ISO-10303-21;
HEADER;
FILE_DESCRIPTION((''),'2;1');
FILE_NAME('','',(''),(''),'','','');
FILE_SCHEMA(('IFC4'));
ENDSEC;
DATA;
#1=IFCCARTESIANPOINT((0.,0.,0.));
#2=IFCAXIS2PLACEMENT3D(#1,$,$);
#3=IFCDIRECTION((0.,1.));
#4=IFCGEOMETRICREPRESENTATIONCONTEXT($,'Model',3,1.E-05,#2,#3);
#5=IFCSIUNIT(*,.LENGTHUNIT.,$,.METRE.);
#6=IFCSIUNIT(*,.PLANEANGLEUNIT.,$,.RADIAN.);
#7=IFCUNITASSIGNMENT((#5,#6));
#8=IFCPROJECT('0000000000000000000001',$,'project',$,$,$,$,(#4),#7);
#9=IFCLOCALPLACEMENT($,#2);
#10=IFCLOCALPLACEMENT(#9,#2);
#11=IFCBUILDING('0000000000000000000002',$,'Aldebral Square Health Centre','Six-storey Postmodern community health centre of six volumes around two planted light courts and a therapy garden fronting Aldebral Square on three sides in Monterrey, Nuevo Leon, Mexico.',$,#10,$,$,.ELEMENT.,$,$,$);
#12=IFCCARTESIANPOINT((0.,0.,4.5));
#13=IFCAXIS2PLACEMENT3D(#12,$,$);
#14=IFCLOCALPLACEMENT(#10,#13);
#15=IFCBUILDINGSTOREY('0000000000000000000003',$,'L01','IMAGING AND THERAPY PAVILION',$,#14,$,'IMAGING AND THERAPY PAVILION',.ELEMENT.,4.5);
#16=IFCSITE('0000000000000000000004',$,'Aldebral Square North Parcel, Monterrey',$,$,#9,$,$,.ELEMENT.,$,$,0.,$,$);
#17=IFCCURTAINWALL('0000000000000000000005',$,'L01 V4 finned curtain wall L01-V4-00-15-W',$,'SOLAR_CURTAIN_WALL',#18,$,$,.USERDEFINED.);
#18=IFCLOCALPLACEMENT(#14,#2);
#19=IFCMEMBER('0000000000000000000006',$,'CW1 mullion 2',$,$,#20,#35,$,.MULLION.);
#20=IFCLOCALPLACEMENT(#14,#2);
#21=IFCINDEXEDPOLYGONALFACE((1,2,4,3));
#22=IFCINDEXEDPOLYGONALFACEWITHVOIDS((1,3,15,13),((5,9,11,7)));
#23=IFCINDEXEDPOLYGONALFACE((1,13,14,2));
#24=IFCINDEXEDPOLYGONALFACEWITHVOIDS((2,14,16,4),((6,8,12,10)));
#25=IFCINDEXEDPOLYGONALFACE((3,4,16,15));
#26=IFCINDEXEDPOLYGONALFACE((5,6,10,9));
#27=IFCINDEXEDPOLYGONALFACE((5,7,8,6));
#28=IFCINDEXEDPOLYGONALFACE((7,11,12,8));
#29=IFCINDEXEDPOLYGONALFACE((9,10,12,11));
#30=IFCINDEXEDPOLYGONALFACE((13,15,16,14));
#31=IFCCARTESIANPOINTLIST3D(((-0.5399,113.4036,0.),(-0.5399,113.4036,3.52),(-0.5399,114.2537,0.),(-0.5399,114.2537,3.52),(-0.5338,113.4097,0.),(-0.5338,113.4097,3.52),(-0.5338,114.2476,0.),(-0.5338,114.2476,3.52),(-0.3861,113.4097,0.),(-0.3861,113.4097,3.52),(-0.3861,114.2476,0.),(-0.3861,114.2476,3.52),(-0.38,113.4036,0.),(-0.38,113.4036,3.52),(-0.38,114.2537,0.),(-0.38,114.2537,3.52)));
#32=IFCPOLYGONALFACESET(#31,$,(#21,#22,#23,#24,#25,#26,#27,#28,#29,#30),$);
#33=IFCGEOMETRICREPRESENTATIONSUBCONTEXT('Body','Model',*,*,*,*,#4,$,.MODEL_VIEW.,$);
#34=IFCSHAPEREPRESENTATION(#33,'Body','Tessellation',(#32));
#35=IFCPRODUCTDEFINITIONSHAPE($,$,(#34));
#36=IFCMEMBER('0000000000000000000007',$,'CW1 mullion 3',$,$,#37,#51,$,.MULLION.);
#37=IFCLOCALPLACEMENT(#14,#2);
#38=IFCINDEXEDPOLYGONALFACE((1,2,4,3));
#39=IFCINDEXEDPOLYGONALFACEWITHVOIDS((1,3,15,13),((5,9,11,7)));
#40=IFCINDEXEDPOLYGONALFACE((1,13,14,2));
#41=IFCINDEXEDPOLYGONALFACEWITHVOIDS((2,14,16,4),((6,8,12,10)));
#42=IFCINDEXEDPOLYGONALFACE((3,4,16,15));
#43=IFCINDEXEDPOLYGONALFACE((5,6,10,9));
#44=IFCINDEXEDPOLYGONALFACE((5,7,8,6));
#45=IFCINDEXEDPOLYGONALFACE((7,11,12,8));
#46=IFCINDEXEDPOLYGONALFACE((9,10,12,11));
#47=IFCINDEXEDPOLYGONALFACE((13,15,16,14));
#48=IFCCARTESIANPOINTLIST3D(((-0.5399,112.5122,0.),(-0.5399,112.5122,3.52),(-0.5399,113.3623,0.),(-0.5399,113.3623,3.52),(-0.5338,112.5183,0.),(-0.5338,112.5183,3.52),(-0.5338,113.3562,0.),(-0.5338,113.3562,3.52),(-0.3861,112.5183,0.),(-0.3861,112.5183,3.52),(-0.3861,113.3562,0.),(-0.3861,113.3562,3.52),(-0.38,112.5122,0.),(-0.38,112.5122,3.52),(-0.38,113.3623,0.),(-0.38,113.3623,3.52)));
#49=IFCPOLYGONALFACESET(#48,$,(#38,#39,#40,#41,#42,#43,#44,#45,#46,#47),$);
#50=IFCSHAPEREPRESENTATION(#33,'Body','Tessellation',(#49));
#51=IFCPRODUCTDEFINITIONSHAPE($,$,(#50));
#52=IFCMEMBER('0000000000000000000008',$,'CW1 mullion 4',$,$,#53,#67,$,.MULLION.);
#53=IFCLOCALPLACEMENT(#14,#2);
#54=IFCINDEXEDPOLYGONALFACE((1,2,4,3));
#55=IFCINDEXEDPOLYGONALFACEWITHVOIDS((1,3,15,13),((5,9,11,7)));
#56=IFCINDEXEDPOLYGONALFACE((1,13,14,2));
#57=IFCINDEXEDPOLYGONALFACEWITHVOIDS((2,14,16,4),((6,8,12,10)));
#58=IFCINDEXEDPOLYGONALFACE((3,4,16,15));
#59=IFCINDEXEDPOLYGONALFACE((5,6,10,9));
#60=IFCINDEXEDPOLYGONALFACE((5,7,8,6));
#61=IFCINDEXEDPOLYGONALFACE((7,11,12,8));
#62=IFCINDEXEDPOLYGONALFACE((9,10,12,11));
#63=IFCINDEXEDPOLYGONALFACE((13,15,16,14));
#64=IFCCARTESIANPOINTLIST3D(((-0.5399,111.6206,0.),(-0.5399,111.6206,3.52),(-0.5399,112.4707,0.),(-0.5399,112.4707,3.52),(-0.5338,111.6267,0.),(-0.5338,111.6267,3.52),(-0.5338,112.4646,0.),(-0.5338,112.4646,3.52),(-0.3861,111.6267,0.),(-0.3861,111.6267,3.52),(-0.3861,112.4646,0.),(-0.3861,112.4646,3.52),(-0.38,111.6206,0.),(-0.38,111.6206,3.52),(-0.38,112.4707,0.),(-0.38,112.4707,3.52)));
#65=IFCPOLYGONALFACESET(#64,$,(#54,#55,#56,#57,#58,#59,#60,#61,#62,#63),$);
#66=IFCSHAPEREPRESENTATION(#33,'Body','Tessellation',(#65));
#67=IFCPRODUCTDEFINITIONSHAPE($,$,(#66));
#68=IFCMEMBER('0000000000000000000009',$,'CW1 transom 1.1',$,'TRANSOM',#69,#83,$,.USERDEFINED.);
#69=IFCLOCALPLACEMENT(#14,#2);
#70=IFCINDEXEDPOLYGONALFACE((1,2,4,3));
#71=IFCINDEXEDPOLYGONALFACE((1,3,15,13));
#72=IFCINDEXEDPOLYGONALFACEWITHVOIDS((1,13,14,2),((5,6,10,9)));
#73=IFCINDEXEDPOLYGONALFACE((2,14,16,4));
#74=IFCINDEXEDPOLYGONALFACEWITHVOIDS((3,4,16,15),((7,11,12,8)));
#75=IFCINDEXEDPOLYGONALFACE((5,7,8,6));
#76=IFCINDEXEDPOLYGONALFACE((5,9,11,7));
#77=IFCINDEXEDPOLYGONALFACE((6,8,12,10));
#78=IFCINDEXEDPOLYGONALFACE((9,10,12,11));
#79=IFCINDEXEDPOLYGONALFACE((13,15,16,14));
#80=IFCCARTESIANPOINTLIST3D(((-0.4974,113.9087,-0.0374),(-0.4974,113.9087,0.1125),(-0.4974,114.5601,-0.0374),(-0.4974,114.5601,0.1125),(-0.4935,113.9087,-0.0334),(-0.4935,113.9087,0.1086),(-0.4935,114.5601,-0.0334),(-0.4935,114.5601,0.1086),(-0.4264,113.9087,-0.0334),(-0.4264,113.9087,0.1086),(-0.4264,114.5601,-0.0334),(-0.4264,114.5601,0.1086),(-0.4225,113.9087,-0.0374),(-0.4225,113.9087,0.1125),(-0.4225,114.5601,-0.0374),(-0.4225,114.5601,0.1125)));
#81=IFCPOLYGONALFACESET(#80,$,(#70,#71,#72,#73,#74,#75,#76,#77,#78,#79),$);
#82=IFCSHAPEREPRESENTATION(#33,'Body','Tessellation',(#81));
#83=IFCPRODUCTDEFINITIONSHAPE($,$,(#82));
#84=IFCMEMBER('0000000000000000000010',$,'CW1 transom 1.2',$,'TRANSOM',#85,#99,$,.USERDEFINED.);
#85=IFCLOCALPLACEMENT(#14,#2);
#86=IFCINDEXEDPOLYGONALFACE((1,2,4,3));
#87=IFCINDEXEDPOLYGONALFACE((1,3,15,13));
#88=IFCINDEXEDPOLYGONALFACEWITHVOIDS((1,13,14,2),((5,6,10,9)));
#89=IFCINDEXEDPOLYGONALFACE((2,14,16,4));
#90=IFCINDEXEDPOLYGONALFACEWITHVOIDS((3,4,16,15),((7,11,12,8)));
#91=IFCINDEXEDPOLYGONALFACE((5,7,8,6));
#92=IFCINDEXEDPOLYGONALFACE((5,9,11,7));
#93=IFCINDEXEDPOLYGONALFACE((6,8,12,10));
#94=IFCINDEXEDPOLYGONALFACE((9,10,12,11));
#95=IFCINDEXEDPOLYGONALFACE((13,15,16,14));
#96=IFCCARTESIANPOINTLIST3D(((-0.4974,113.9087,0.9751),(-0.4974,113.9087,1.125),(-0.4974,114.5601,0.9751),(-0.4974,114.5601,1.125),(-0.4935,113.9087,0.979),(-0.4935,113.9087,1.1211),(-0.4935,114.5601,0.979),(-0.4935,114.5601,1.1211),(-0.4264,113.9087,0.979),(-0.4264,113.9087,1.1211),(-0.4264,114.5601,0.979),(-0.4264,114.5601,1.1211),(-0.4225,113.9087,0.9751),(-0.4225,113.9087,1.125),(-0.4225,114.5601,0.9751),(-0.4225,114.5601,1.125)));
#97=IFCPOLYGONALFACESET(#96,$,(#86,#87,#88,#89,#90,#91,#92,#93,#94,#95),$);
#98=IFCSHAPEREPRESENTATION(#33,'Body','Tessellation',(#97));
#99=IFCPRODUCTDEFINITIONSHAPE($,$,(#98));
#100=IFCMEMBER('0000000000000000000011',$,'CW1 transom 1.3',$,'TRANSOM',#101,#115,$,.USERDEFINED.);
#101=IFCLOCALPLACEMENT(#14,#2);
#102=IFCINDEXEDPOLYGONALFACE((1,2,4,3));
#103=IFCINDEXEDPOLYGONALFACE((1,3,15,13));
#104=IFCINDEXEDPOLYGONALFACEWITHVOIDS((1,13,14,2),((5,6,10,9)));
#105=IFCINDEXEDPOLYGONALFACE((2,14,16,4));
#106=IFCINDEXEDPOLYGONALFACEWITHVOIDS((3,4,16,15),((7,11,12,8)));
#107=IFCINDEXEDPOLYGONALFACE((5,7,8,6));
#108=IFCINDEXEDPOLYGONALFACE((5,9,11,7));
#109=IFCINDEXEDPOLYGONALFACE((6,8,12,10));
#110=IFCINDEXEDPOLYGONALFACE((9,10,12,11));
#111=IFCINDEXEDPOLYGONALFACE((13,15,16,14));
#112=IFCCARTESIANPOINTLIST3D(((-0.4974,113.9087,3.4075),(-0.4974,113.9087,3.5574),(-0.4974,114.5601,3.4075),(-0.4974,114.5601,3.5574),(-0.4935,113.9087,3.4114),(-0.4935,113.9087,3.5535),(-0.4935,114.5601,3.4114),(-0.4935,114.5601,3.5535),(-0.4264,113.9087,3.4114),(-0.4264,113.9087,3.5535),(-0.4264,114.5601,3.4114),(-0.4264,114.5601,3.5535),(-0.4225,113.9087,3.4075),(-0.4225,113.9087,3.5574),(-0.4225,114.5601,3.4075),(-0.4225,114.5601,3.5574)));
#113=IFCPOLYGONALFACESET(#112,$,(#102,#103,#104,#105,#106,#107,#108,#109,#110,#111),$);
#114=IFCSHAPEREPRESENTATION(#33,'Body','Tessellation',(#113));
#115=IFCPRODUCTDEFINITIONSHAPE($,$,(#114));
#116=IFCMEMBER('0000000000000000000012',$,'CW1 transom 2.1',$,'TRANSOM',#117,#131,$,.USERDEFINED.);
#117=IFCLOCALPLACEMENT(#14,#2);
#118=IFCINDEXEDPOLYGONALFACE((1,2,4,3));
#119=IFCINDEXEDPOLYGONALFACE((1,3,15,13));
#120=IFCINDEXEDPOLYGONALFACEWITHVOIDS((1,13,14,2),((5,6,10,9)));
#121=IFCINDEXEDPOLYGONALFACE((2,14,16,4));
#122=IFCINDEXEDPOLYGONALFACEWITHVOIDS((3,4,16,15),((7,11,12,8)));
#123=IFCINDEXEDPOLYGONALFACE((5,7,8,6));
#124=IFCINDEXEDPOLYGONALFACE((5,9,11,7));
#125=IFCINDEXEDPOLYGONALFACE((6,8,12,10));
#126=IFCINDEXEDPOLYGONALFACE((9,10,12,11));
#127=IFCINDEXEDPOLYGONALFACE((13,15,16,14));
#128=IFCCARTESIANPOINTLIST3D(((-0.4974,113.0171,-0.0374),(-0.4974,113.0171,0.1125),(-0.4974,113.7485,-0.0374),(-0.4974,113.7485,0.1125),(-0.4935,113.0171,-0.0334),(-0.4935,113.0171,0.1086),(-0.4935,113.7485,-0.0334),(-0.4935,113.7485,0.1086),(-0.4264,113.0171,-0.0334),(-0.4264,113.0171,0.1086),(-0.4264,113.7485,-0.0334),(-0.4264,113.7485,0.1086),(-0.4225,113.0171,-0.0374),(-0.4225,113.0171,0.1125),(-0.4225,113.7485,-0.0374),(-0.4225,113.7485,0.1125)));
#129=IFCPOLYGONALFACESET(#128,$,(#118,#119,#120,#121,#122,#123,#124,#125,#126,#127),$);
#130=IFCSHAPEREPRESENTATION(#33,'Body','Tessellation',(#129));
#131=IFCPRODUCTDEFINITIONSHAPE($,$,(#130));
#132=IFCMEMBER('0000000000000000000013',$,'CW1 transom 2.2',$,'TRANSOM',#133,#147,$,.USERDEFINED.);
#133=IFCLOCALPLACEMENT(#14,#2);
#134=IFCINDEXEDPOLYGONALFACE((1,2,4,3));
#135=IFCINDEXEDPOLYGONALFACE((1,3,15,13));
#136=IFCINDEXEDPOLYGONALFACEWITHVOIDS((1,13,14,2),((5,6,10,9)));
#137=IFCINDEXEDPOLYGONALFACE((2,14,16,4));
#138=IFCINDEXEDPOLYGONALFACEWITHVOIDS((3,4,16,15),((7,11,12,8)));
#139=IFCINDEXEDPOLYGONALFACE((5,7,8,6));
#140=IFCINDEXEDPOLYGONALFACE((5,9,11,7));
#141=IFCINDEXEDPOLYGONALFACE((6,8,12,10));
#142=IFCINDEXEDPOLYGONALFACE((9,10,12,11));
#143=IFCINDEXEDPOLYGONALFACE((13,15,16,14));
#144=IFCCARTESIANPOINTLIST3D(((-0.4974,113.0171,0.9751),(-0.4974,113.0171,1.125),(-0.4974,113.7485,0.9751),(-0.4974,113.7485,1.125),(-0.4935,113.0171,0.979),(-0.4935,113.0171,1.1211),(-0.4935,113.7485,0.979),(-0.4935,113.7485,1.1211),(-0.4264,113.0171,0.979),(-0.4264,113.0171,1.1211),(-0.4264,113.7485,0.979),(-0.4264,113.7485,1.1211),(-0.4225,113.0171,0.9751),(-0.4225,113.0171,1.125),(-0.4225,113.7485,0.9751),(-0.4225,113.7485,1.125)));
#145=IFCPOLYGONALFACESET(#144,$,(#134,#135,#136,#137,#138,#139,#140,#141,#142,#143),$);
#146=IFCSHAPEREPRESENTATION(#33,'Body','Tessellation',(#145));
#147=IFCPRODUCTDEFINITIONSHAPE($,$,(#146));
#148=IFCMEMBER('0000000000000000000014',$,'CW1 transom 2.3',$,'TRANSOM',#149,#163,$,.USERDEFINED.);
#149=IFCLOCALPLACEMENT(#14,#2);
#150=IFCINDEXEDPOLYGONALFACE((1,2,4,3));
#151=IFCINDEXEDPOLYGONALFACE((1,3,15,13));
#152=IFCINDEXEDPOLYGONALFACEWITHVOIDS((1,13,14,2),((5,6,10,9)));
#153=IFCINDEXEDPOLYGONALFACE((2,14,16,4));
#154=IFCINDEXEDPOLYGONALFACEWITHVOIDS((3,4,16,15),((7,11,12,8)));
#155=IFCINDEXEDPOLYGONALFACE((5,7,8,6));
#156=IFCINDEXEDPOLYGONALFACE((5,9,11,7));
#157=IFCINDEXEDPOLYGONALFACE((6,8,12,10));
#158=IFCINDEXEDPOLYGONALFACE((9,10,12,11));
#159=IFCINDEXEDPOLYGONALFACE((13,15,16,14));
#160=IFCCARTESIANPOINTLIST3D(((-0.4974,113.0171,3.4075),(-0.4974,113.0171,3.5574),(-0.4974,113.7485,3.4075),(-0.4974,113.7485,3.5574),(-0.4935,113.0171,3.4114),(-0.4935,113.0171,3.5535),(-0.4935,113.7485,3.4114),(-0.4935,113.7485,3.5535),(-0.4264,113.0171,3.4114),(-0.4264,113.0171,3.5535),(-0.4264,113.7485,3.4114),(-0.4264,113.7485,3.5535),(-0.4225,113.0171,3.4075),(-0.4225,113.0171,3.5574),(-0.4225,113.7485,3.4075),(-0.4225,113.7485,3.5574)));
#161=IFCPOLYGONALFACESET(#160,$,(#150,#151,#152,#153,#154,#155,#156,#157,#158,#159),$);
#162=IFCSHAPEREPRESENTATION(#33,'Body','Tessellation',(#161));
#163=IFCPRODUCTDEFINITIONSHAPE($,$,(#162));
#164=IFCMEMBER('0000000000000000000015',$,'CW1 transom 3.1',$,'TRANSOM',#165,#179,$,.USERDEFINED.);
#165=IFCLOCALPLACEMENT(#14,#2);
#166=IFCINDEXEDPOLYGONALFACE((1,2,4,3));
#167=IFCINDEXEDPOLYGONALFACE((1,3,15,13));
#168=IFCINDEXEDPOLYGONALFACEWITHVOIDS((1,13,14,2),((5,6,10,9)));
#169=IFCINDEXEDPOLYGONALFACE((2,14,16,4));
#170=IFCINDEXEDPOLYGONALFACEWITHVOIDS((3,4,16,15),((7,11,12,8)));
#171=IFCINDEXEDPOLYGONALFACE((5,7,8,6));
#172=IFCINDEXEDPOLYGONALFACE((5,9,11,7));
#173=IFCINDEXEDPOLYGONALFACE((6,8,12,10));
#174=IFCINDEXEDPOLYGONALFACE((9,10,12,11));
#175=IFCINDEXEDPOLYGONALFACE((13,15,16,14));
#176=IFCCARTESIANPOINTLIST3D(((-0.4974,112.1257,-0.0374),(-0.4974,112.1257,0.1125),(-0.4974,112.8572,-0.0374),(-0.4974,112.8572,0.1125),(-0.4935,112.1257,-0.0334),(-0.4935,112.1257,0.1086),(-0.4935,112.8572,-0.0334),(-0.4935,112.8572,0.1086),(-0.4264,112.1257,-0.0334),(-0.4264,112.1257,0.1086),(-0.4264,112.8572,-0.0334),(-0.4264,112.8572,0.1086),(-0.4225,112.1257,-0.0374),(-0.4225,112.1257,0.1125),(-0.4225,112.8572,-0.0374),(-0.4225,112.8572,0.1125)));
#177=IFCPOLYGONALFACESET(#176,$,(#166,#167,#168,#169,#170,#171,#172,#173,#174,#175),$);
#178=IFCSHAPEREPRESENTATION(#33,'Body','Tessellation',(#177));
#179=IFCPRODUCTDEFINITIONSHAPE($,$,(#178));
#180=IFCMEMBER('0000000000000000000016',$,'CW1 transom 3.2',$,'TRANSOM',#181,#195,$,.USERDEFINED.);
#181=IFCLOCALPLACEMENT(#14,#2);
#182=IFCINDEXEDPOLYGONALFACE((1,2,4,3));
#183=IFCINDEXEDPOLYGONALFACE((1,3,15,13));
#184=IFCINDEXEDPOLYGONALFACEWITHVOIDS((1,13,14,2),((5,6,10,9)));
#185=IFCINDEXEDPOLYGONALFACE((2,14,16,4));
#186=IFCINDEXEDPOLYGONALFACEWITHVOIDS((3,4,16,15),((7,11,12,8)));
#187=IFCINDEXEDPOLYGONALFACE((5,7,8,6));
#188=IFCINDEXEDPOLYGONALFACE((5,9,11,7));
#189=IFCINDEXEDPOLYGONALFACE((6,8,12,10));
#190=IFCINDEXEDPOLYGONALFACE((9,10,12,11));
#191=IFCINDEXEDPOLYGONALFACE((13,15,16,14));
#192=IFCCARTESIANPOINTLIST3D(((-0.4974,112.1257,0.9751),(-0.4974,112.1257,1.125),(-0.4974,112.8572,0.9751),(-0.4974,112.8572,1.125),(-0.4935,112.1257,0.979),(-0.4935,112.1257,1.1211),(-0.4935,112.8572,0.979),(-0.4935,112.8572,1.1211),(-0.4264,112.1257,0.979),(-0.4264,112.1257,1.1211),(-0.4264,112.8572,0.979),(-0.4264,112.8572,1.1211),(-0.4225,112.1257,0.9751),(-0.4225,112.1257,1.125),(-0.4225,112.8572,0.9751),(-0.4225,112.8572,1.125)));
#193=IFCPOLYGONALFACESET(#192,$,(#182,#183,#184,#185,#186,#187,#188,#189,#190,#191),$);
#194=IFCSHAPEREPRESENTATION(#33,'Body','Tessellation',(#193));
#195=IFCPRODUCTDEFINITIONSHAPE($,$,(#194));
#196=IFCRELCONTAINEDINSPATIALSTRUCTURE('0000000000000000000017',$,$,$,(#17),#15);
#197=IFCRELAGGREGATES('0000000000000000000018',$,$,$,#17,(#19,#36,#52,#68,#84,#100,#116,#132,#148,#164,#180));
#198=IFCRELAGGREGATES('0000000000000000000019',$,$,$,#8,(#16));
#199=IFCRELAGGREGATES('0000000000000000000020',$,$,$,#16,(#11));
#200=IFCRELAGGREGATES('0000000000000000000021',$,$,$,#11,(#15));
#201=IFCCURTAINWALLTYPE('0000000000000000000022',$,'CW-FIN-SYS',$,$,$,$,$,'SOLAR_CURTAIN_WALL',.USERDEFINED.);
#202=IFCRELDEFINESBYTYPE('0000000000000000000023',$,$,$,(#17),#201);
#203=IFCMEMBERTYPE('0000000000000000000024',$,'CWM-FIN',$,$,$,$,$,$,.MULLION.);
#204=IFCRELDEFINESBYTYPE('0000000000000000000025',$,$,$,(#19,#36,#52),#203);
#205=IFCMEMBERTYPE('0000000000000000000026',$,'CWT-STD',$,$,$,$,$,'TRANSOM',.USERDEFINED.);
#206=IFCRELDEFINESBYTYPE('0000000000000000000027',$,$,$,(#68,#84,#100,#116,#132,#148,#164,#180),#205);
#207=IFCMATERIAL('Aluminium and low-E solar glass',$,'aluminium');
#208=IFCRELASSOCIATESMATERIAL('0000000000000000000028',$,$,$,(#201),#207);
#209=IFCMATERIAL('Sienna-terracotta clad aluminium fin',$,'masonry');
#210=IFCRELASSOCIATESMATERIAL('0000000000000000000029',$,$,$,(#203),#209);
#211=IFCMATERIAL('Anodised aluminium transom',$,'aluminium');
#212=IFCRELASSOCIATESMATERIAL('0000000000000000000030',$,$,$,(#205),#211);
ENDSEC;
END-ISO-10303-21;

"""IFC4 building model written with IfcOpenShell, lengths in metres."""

from ifc_helpers import new_model, si_unit, direction, frame, origin, origin_2d, place, context, subcontext, project, spatial, hollow_rectangle, extrude, material, material_profile, profile_set, type_object, element, aggregate, save


model = new_model("IFC4")

# Units and contexts
model_context = context("Model", 3, precision=1e-05, world=origin(), true_north=direction((0.0, 1.0)))
body_context = subcontext(model_context, "Body", "Model", "MODEL_VIEW")
ifc_project = project(units=[si_unit("LENGTHUNIT", "METRE"), si_unit("PLANEANGLEUNIT", "RADIAN")], contexts=[model_context])

# Site, building, storey
site_placement = place(None, origin())
site = spatial("IfcSite", under=ifc_project, at=site_placement, Name="Aldebral Square North Parcel, Monterrey", CompositionType="ELEMENT", RefElevation=0.0)
building_placement = place(site_placement, origin())
building = spatial("IfcBuilding", under=site, at=building_placement, Name="Aldebral Square Health Centre", Description="Six-storey Postmodern community health centre of six volumes around two planted light courts and a therapy garden fronting Aldebral Square on three sides in Monterrey, Nuevo Leon, Mexico.", CompositionType="ELEMENT")
storey_placement = place(building_placement, frame((0.0, 0.0, 4.5)))
storey = spatial("IfcBuildingStorey", under=building, at=storey_placement, Name="L01", Description="IMAGING AND THERAPY PAVILION", LongName="IMAGING AND THERAPY PAVILION", CompositionType="ELEMENT", Elevation=4.5)

# Curtain wall, members
ifc_material_1 = material(Name="Aluminium and low-E solar glass", Category="aluminium")
curtain_wall_type = type_object("IfcCurtainWallType", Name="CW-FIN-SYS", ElementType="SOLAR_CURTAIN_WALL", PredefinedType="USERDEFINED", material=ifc_material_1)
curtain_wall_placement = place(storey_placement, origin())
curtain_wall = element("IfcCurtainWall", 1, at=curtain_wall_placement, inside=storey, type_object=curtain_wall_type, Name="L01 V4 finned curtain wall L01-V4-00-15-W", ObjectType="SOLAR_CURTAIN_WALL", PredefinedType="USERDEFINED")
ifc_material_2 = material(Name="Sienna-terracotta clad aluminium fin", Category="masonry")
ifc_material_profile_1 = material_profile(ifc_material_2, hollow_rectangle(XDim=0.1599, YDim=0.8501, WallThickness=0.0061, at=origin_2d()), Name="FIN 160x850x6")
ifc_profile_set_1 = profile_set([ifc_material_profile_1], Name="Sienna-terracotta clad aluminium fin")
member_type_1 = type_object("IfcMemberType", Name="CWM-FIN", PredefinedType="MULLION", material=ifc_profile_set_1)
member_1_placement = place(storey_placement, frame((-0.46, 113.8286, 0.0), z_axis=(0.0, 0.0, 1.0), x_axis=(1.0, 0.0, 0.0)))
member_1 = element("IfcMember", 2, at=member_1_placement, type_object=member_type_1, Name="CW1 mullion 2", PredefinedType="MULLION", context=body_context, shape_type="SweptSolid", body=[
    extrude(hollow_rectangle(XDim=0.1599, YDim=0.8501, WallThickness=0.0061, at=origin_2d()), origin(), (0.0, 0.0, 1.0), 3.52),
])
member_2_placement = place(storey_placement, frame((-0.46, 112.9373, 0.0), z_axis=(0.0, 0.0, 1.0), x_axis=(1.0, 0.0, 0.0)))
member_2 = element("IfcMember", 3, at=member_2_placement, type_object=member_type_1, Name="CW1 mullion 3", PredefinedType="MULLION", context=body_context, shape_type="SweptSolid", body=[
    extrude(hollow_rectangle(XDim=0.1599, YDim=0.8501, WallThickness=0.0061, at=origin_2d()), origin(), (0.0, 0.0, 1.0), 3.52),
])
member_3_placement = place(storey_placement, frame((-0.46, 112.0457, 0.0), z_axis=(0.0, 0.0, 1.0), x_axis=(1.0, 0.0, 0.0)))
member_3 = element("IfcMember", 4, at=member_3_placement, type_object=member_type_1, Name="CW1 mullion 4", PredefinedType="MULLION", context=body_context, shape_type="SweptSolid", body=[
    extrude(hollow_rectangle(XDim=0.1599, YDim=0.8501, WallThickness=0.0061, at=origin_2d()), origin(), (0.0, 0.0, 1.0), 3.52),
])
ifc_material_3 = material(Name="Anodised aluminium transom", Category="aluminium")
ifc_material_profile_2 = material_profile(ifc_material_3, hollow_rectangle(XDim=0.075, YDim=0.1499, WallThickness=0.0039, at=origin_2d()), Name="CWT 75x150x4")
ifc_profile_set_2 = profile_set([ifc_material_profile_2], Name="Anodised aluminium transom")
member_type_2 = type_object("IfcMemberType", Name="CWT-STD", ElementType="TRANSOM", PredefinedType="USERDEFINED", material=ifc_profile_set_2)
member_4_placement = place(storey_placement, frame((-0.46, 114.5601, 0.0376), z_axis=(0.0, -1.0, 0.0), x_axis=(1.0, 0.0, 0.0)))
member_4 = element("IfcMember", 5, at=member_4_placement, type_object=member_type_2, Name="CW1 transom 1.1", ObjectType="TRANSOM", PredefinedType="USERDEFINED", context=body_context, shape_type="SweptSolid", body=[
    extrude(hollow_rectangle(XDim=0.075, YDim=0.1499, WallThickness=0.0039, at=origin_2d()), origin(), (0.0, 0.0, 1.0), 0.6514),
])
member_5_placement = place(storey_placement, frame((-0.46, 114.5601, 1.05), z_axis=(0.0, -1.0, 0.0), x_axis=(1.0, 0.0, 0.0)))
member_5 = element("IfcMember", 6, at=member_5_placement, type_object=member_type_2, Name="CW1 transom 1.2", ObjectType="TRANSOM", PredefinedType="USERDEFINED", context=body_context, shape_type="SweptSolid", body=[
    extrude(hollow_rectangle(XDim=0.075, YDim=0.1499, WallThickness=0.0039, at=origin_2d()), origin(), (0.0, 0.0, 1.0), 0.6514),
])
member_6_placement = place(storey_placement, frame((-0.46, 114.5601, 3.4824), z_axis=(0.0, -1.0, 0.0), x_axis=(1.0, 0.0, 0.0)))
member_6 = element("IfcMember", 7, at=member_6_placement, type_object=member_type_2, Name="CW1 transom 1.3", ObjectType="TRANSOM", PredefinedType="USERDEFINED", context=body_context, shape_type="SweptSolid", body=[
    extrude(hollow_rectangle(XDim=0.075, YDim=0.1499, WallThickness=0.0039, at=origin_2d()), origin(), (0.0, 0.0, 1.0), 0.6514),
])
member_7_placement = place(storey_placement, frame((-0.46, 113.7485, 0.0376), z_axis=(0.0, -1.0, 0.0), x_axis=(1.0, 0.0, 0.0)))
member_7 = element("IfcMember", 8, at=member_7_placement, type_object=member_type_2, Name="CW1 transom 2.1", ObjectType="TRANSOM", PredefinedType="USERDEFINED", context=body_context, shape_type="SweptSolid", body=[
    extrude(hollow_rectangle(XDim=0.075, YDim=0.1499, WallThickness=0.0039, at=origin_2d()), origin(), (0.0, 0.0, 1.0), 0.7314),
])
member_8_placement = place(storey_placement, frame((-0.46, 113.7485, 1.05), z_axis=(0.0, -1.0, 0.0), x_axis=(1.0, 0.0, 0.0)))
member_8 = element("IfcMember", 9, at=member_8_placement, type_object=member_type_2, Name="CW1 transom 2.2", ObjectType="TRANSOM", PredefinedType="USERDEFINED", context=body_context, shape_type="SweptSolid", body=[
    extrude(hollow_rectangle(XDim=0.075, YDim=0.1499, WallThickness=0.0039, at=origin_2d()), origin(), (0.0, 0.0, 1.0), 0.7314),
])
member_9_placement = place(storey_placement, frame((-0.46, 113.7485, 3.4824), z_axis=(0.0, -1.0, 0.0), x_axis=(1.0, 0.0, 0.0)))
member_9 = element("IfcMember", 10, at=member_9_placement, type_object=member_type_2, Name="CW1 transom 2.3", ObjectType="TRANSOM", PredefinedType="USERDEFINED", context=body_context, shape_type="SweptSolid", body=[
    extrude(hollow_rectangle(XDim=0.075, YDim=0.1499, WallThickness=0.0039, at=origin_2d()), origin(), (0.0, 0.0, 1.0), 0.7314),
])
member_10_placement = place(storey_placement, frame((-0.46, 112.8572, 0.0376), z_axis=(0.0, -1.0, 0.0), x_axis=(1.0, 0.0, 0.0)))
member_10 = element("IfcMember", 11, at=member_10_placement, type_object=member_type_2, Name="CW1 transom 3.1", ObjectType="TRANSOM", PredefinedType="USERDEFINED", context=body_context, shape_type="SweptSolid", body=[
    extrude(hollow_rectangle(XDim=0.075, YDim=0.1499, WallThickness=0.0039, at=origin_2d()), origin(), (0.0, 0.0, 1.0), 0.7314),
])
member_11_placement = place(storey_placement, frame((-0.46, 112.8572, 1.05), z_axis=(0.0, -1.0, 0.0), x_axis=(1.0, 0.0, 0.0)))
member_11 = element("IfcMember", 12, at=member_11_placement, type_object=member_type_2, Name="CW1 transom 3.2", ObjectType="TRANSOM", PredefinedType="USERDEFINED", context=body_context, shape_type="SweptSolid", body=[
    extrude(hollow_rectangle(XDim=0.075, YDim=0.1499, WallThickness=0.0039, at=origin_2d()), origin(), (0.0, 0.0, 1.0), 0.7314),
])
aggregate(curtain_wall, [member_1, member_2, member_3, member_4, member_5, member_6, member_7, member_8, member_9, member_10, member_11])

save(model, "model.ifc")
